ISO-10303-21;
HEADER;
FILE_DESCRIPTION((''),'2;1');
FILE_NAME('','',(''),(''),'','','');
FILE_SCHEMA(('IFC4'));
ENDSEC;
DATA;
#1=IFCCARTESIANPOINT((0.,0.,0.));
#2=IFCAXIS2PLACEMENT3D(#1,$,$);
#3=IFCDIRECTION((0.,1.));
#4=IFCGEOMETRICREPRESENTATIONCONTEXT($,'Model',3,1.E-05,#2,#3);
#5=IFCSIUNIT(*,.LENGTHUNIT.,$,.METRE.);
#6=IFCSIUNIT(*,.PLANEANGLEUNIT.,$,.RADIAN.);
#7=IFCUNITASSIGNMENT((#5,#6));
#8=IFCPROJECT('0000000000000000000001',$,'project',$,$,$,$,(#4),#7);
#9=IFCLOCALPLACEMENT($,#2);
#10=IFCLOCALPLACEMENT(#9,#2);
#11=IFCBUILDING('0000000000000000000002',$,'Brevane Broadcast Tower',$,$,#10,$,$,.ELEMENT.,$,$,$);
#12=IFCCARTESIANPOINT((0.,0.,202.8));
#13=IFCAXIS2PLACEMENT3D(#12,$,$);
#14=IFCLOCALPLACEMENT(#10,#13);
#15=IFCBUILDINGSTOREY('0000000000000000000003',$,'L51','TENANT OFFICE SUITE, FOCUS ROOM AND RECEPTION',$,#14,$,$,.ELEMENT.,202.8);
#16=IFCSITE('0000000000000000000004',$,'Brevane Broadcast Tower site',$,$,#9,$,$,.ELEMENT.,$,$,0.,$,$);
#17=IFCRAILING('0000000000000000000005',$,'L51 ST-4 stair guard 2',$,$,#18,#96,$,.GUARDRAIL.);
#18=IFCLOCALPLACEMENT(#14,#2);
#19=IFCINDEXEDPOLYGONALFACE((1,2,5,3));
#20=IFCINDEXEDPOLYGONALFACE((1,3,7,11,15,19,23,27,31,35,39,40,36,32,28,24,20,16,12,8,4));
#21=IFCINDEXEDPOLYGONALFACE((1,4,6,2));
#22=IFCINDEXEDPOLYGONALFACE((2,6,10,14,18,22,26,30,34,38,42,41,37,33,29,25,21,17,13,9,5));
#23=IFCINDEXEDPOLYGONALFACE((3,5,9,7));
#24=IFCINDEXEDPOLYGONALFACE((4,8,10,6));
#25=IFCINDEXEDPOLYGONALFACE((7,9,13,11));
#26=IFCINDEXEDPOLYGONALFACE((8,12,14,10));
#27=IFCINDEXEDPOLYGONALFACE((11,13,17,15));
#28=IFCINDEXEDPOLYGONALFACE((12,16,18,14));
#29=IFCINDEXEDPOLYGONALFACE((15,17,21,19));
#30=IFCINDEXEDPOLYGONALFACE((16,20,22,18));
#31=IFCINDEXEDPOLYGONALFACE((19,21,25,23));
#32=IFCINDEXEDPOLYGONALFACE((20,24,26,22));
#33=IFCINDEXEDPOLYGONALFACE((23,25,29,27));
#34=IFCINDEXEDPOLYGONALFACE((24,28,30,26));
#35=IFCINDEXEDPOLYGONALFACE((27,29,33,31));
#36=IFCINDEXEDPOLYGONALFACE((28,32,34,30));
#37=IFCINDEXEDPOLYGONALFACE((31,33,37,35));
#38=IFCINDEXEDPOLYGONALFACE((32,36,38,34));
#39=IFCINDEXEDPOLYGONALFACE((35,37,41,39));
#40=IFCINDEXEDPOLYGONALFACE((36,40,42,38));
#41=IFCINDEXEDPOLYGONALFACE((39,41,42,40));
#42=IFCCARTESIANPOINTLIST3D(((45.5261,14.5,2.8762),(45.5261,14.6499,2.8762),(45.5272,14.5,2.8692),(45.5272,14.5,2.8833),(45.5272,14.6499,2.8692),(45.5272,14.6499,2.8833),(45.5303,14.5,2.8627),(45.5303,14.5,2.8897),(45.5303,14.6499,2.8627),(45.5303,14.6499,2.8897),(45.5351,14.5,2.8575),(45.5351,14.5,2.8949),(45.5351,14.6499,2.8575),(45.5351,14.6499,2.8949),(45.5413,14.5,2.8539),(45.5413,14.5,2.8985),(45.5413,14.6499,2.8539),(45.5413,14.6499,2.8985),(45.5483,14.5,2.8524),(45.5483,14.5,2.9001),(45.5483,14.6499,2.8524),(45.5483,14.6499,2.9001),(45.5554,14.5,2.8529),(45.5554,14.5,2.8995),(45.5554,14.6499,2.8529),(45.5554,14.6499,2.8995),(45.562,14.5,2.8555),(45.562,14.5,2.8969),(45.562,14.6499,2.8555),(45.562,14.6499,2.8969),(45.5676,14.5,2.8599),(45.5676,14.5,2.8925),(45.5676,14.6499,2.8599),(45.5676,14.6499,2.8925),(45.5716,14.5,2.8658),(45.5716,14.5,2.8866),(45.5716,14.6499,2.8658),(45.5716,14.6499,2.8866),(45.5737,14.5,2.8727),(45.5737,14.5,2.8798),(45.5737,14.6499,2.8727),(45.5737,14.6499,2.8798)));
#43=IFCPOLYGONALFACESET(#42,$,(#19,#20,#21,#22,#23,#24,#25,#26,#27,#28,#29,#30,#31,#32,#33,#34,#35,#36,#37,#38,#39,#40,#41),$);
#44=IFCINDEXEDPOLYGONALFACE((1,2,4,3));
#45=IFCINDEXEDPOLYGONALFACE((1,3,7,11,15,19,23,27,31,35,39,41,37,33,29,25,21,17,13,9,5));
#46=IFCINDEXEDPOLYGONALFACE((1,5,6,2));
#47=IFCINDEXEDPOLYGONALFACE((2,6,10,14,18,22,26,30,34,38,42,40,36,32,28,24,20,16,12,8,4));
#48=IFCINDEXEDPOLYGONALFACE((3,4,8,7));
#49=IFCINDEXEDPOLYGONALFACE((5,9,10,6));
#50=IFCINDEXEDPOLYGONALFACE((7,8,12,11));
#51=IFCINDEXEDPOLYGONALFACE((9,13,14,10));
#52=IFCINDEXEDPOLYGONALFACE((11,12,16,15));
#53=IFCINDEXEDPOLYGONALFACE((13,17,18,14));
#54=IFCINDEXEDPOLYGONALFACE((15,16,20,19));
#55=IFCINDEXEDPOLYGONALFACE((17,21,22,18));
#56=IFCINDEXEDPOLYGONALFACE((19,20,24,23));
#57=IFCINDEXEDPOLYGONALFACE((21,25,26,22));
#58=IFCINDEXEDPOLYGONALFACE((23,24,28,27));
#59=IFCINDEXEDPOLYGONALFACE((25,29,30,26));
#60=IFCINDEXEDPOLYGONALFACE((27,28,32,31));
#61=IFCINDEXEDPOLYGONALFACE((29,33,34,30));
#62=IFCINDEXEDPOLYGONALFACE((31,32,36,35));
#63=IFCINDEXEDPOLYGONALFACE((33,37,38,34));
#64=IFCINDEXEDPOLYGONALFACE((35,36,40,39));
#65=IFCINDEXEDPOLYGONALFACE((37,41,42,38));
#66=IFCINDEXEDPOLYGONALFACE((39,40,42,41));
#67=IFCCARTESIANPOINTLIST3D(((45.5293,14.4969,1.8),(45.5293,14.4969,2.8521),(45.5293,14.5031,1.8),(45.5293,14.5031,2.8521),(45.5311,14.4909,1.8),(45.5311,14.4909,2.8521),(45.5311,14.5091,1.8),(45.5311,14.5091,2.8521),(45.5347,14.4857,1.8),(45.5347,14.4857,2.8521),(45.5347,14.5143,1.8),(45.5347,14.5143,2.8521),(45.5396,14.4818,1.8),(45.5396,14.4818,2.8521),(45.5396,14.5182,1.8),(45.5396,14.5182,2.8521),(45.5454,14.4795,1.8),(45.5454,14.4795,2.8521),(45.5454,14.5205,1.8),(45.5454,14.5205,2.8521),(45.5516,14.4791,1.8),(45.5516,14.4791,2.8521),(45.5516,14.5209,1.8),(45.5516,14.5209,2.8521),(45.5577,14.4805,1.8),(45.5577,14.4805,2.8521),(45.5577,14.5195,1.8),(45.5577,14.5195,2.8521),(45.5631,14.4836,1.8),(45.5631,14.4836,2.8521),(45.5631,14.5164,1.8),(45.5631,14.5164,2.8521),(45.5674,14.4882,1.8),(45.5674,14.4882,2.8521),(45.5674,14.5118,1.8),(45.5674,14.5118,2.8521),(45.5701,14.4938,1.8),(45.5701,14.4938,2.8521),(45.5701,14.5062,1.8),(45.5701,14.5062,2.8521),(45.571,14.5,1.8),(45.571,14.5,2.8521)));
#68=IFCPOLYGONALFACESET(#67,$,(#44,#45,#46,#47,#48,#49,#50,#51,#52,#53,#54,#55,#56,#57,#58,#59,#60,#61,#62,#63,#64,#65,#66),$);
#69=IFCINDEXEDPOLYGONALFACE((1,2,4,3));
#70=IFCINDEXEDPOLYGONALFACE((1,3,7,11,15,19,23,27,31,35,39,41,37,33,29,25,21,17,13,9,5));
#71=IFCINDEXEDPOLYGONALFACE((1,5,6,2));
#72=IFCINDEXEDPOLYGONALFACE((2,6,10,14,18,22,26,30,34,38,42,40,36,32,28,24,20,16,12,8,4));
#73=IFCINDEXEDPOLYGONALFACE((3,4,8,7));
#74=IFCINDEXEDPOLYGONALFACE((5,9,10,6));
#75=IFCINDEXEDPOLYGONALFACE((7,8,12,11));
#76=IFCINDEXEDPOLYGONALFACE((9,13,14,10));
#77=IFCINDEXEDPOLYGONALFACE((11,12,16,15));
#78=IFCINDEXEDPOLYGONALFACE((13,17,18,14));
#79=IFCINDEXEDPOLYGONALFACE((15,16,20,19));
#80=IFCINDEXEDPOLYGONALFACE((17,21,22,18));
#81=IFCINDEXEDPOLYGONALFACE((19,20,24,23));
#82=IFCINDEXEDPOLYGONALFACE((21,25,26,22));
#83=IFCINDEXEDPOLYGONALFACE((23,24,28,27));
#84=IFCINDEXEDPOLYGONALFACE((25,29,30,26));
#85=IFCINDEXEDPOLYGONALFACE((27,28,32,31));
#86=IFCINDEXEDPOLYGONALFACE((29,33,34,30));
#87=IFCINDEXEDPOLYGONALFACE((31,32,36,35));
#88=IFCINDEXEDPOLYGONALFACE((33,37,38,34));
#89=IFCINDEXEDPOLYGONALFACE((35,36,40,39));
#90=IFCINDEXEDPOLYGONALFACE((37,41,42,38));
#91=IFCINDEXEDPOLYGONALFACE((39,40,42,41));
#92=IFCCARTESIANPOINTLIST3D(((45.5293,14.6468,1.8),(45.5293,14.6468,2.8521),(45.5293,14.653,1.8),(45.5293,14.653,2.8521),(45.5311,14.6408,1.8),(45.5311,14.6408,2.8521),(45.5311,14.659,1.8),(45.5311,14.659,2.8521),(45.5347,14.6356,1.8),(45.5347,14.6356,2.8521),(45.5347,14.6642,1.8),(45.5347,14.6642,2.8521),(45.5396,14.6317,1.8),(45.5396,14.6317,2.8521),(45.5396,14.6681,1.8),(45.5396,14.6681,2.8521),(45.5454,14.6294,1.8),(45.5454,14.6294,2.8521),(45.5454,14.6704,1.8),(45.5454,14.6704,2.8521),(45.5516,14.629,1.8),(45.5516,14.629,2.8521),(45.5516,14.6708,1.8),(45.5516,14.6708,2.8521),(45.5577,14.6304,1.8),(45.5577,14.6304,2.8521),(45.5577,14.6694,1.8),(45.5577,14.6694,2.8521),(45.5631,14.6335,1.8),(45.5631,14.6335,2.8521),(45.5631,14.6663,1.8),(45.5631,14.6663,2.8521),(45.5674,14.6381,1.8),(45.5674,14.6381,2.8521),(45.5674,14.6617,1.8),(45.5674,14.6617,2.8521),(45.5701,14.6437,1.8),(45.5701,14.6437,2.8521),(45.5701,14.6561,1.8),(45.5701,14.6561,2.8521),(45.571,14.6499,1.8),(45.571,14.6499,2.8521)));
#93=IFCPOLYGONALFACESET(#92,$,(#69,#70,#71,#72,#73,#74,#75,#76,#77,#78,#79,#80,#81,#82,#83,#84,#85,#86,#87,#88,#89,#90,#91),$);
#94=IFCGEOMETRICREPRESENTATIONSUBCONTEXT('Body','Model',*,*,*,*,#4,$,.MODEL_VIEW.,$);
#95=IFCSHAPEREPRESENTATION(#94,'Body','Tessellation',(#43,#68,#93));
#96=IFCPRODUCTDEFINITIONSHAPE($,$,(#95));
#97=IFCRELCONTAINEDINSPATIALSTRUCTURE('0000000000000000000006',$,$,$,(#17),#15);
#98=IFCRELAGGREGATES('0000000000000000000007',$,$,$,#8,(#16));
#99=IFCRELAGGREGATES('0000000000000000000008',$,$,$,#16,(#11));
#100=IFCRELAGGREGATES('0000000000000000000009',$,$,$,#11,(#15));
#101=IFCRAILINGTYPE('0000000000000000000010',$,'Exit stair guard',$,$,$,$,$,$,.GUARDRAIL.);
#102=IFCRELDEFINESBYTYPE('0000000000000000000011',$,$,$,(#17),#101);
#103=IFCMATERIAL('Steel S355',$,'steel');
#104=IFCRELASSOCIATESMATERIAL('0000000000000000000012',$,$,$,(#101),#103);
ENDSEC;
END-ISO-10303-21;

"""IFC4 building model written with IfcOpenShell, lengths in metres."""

from ifc_helpers import new_model, si_unit, direction, frame, origin, origin_2d, place, context, subcontext, project, spatial, circle, extrude, material, type_object, element, save


model = new_model("IFC4")

# Units and contexts
model_context = context("Model", 3, precision=1e-05, world=origin(), true_north=direction((0.0, 1.0)))
body_context = subcontext(model_context, "Body", "Model", "MODEL_VIEW")
ifc_project = project(units=[si_unit("LENGTHUNIT", "METRE"), si_unit("PLANEANGLEUNIT", "RADIAN")], contexts=[model_context])

# Site, building, storey
site_placement = place(None, origin())
site = spatial("IfcSite", under=ifc_project, at=site_placement, Name="Brevane Broadcast Tower site", CompositionType="ELEMENT", RefElevation=0.0)
building_placement = place(site_placement, origin())
building = spatial("IfcBuilding", under=site, at=building_placement, Name="Brevane Broadcast Tower", CompositionType="ELEMENT")
storey_placement = place(building_placement, frame((0.0, 0.0, 202.8)))
storey = spatial("IfcBuildingStorey", under=building, at=storey_placement, Name="L51", Description="TENANT OFFICE SUITE, FOCUS ROOM AND RECEPTION", CompositionType="ELEMENT", Elevation=202.8)

# Railing
ifc_material_1 = material(Name="Steel S355", Category="steel")
railing_type_1 = type_object("IfcRailingType", Name="Exit stair guard", PredefinedType="GUARDRAIL", material=ifc_material_1)
railing_1_placement = place(storey_placement, frame((45.55, 14.5, 1.8)))
element("IfcRailing", 1, at=railing_1_placement, inside=storey, type_object=railing_type_1, Name="L51 ST-4 stair guard 2", PredefinedType="GUARDRAIL", context=body_context, shape_type="SweptSolid", body=[
    extrude(circle(Radius=0.0239, at=origin_2d()), frame((0.0, 0.0, 1.0762), z_axis=(0.0, 1.0, 0.0), x_axis=(-1.0, 0.0, 0.0)), (0.0, 0.0, 1.0), 0.1499),
    extrude(circle(Radius=0.021, at=origin_2d()), origin(), (0.0, 0.0, 1.0), 1.052),
    extrude(circle(Radius=0.021, at=origin_2d()), frame((0.0, 0.1499, 0.0)), (0.0, 0.0, 1.0), 1.052),
])

save(model, "model.ifc")
